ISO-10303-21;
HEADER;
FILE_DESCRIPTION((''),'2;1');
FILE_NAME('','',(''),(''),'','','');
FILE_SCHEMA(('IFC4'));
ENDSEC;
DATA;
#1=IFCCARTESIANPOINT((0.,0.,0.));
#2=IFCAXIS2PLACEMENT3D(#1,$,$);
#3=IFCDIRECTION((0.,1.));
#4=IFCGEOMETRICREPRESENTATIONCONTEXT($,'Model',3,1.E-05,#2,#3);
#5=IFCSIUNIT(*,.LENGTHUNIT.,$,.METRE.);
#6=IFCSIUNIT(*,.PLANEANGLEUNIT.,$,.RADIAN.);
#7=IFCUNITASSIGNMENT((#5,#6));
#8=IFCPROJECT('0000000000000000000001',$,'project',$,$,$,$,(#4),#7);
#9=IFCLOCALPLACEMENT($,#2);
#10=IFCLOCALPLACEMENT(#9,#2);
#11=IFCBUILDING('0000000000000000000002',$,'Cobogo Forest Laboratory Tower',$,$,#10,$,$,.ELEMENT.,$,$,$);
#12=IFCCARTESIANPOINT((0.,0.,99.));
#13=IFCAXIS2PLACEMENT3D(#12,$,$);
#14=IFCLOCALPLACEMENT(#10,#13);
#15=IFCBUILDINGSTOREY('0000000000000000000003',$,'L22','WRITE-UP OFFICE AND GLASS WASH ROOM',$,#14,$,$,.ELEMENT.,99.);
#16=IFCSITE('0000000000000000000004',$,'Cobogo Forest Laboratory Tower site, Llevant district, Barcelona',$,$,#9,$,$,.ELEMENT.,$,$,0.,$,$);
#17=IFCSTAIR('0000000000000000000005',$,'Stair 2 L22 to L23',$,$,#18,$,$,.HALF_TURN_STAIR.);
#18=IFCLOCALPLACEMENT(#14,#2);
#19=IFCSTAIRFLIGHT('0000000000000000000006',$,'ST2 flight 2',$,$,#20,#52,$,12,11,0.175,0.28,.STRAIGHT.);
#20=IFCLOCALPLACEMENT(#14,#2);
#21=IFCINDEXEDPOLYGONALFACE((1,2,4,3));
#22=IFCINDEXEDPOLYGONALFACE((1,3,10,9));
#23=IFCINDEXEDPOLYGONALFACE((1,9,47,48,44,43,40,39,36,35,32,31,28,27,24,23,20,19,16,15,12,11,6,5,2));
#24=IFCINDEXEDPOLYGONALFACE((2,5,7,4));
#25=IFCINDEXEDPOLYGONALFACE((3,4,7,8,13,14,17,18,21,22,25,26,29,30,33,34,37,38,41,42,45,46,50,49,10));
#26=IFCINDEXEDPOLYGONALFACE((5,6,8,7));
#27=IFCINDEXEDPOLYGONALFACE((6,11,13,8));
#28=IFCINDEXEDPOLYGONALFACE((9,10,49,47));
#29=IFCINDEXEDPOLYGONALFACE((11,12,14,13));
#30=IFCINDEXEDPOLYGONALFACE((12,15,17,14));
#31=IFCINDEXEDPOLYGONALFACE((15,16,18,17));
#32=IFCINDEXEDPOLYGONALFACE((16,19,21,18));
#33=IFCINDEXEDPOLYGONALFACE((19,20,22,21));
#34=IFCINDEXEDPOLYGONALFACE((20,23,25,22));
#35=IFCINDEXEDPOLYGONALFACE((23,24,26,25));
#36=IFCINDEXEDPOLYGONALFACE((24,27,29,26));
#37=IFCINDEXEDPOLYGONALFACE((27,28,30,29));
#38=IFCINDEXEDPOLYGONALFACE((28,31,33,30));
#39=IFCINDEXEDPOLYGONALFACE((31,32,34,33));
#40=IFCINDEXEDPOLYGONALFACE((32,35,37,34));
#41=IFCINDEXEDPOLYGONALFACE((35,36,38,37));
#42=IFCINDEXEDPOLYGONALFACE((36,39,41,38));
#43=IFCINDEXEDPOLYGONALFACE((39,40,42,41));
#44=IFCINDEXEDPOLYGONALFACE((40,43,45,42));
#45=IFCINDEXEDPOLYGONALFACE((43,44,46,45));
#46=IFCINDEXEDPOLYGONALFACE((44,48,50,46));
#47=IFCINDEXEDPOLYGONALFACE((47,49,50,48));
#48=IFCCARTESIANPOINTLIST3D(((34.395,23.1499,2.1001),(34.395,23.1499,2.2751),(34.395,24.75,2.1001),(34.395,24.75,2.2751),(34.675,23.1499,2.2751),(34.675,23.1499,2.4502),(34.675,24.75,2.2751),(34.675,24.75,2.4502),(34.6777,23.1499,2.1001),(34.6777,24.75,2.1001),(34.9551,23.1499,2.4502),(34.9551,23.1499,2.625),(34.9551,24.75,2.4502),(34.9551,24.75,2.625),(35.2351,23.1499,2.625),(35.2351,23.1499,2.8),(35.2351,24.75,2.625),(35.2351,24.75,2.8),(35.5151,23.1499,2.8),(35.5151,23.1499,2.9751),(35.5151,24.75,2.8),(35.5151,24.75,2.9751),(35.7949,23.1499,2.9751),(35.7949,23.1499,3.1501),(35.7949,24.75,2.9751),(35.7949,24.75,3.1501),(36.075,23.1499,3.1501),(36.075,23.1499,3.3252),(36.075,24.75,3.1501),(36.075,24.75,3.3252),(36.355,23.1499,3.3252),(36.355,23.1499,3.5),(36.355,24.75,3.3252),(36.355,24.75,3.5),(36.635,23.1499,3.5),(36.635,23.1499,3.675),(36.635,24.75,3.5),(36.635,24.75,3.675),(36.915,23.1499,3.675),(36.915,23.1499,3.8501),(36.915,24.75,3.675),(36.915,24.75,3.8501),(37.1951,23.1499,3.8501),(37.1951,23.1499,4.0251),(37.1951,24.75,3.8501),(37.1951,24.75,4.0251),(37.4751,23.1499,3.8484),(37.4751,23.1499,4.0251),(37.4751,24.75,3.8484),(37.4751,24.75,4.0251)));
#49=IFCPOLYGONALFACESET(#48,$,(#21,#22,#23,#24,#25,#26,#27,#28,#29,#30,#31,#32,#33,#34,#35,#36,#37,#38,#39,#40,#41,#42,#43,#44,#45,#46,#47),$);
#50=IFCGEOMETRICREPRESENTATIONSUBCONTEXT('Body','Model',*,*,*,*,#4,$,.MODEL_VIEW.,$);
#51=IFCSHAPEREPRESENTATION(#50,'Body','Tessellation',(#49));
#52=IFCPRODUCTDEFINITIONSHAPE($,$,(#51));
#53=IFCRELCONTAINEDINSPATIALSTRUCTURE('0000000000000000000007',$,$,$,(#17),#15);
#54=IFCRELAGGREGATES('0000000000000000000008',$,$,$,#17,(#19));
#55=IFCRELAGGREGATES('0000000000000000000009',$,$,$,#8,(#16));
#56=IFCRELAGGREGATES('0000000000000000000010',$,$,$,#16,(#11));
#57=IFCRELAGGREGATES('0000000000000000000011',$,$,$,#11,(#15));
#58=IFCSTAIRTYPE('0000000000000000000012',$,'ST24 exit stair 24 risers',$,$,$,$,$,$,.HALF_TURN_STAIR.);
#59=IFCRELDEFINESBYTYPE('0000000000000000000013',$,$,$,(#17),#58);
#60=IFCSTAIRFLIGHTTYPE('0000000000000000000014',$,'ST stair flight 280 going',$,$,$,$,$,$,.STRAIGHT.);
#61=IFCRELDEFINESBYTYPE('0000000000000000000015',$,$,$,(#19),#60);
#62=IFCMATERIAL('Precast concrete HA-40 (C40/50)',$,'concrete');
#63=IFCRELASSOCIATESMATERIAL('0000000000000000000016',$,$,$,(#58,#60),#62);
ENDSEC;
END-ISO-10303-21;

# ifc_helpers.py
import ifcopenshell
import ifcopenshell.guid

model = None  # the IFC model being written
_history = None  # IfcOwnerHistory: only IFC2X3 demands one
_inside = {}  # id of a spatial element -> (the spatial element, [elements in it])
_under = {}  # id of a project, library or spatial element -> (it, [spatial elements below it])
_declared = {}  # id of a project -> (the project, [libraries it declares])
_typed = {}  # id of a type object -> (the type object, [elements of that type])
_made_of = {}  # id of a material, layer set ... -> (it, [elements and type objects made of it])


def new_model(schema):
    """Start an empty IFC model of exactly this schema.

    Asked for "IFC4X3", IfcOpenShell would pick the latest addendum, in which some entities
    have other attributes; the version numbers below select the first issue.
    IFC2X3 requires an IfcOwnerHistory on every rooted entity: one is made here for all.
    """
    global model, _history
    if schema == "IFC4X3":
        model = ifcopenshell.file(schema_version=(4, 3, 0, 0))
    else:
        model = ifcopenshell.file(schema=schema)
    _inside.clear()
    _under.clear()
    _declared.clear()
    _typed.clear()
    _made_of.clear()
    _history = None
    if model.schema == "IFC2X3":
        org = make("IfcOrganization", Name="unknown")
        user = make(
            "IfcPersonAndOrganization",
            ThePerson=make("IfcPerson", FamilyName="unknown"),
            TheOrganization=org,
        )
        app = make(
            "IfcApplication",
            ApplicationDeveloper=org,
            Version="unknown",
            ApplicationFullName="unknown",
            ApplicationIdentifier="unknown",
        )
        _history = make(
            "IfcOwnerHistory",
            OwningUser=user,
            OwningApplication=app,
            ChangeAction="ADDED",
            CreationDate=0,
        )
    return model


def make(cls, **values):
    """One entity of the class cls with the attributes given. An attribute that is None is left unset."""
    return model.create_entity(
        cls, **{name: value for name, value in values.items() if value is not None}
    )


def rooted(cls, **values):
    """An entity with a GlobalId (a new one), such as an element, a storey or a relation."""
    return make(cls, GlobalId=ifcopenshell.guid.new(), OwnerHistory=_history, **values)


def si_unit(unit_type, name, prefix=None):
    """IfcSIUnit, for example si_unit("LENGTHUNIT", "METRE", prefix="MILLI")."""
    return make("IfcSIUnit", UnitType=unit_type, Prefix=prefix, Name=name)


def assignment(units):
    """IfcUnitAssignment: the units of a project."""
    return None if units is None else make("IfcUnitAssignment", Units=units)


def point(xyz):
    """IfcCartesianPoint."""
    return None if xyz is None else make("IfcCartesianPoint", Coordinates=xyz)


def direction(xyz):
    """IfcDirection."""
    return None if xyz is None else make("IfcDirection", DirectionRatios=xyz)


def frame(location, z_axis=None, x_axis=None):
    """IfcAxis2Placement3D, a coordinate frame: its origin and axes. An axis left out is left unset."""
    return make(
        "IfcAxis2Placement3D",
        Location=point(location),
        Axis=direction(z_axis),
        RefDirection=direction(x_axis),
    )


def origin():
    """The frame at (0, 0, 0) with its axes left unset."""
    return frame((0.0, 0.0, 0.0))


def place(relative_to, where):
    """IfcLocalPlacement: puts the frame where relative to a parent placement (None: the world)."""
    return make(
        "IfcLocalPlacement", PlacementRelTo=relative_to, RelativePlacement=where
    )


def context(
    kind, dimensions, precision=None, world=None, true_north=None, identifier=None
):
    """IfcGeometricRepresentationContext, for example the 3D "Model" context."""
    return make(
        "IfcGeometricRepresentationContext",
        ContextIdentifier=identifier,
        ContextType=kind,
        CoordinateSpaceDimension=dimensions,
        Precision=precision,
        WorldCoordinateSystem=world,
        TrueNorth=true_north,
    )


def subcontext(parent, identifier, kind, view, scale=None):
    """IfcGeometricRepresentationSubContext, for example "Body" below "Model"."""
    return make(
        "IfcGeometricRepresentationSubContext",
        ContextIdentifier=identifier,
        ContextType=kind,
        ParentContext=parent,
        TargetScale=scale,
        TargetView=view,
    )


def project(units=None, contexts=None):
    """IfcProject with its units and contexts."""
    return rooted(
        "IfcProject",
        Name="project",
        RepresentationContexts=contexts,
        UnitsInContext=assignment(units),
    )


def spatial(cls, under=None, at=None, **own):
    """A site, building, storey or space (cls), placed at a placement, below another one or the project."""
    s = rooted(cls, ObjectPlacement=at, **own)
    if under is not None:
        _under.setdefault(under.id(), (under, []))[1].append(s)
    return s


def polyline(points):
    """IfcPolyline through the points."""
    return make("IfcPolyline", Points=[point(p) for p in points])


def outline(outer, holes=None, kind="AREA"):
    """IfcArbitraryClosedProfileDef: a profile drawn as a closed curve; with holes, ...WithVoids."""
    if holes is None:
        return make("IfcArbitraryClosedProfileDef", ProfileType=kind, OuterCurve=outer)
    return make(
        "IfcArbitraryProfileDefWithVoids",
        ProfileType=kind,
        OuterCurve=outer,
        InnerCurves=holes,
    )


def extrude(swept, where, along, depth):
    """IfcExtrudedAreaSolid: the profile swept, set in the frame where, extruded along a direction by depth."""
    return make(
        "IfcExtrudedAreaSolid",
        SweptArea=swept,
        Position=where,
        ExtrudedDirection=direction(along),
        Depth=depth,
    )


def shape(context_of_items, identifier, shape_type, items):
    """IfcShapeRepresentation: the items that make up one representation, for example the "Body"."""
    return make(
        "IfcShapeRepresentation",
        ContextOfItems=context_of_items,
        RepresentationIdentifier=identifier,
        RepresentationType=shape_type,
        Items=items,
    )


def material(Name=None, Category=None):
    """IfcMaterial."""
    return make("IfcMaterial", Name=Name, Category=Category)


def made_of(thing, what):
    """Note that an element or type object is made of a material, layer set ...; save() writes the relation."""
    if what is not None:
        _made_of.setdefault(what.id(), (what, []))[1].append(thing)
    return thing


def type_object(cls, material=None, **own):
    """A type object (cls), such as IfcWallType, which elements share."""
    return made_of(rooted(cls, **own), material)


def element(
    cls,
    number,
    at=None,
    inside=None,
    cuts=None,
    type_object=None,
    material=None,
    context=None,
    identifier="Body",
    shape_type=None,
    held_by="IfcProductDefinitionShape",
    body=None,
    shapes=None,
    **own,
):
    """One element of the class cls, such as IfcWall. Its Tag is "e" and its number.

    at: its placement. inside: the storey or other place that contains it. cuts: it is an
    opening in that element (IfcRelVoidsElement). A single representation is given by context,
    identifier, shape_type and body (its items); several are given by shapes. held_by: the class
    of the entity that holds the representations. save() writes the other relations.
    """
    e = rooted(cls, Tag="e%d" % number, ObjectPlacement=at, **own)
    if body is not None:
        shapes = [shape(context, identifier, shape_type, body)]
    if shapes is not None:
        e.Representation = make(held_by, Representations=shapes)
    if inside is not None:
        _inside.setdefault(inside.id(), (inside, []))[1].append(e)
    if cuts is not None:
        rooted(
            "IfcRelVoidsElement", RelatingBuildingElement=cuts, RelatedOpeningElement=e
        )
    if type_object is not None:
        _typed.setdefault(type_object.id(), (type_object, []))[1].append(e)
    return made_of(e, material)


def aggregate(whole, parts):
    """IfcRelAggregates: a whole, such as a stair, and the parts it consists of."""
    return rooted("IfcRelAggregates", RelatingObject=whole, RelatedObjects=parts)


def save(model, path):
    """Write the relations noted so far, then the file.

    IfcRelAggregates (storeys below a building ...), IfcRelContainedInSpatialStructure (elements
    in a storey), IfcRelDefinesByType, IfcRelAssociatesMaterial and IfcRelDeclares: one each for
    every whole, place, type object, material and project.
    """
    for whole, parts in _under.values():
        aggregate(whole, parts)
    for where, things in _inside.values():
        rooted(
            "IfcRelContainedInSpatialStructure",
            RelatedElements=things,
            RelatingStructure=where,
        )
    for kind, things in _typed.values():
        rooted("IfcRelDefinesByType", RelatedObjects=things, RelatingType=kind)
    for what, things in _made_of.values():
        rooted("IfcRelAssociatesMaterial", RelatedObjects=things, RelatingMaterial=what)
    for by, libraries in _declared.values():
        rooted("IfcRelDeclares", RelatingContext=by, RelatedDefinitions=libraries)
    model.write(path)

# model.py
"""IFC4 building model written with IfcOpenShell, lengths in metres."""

from ifc_helpers import new_model, si_unit, direction, frame, origin, place, context, subcontext, project, spatial, polyline, outline, extrude, material, type_object, element, aggregate, save


model = new_model("IFC4")

# Units and contexts
model_context = context("Model", 3, precision=1e-05, world=origin(), true_north=direction((0.0, 1.0)))
body_context = subcontext(model_context, "Body", "Model", "MODEL_VIEW")
ifc_project = project(units=[si_unit("LENGTHUNIT", "METRE"), si_unit("PLANEANGLEUNIT", "RADIAN")], contexts=[model_context])

# Site, building, storey
site_placement = place(None, origin())
site = spatial("IfcSite", under=ifc_project, at=site_placement, Name="Cobogo Forest Laboratory Tower site, Llevant district, Barcelona", CompositionType="ELEMENT", RefElevation=0.0)
building_placement = place(site_placement, origin())
building = spatial("IfcBuilding", under=site, at=building_placement, Name="Cobogo Forest Laboratory Tower", CompositionType="ELEMENT")
storey_placement = place(building_placement, frame((0.0, 0.0, 99.0)))
storey = spatial("IfcBuildingStorey", under=building, at=storey_placement, Name="L22", Description="WRITE-UP OFFICE AND GLASS WASH ROOM", CompositionType="ELEMENT", Elevation=99.0)

# Stair, stair flight
ifc_material_1 = material(Name="Precast concrete HA-40 (C40/50)", Category="concrete")
stair_type = type_object("IfcStairType", Name="ST24 exit stair 24 risers", PredefinedType="HALF_TURN_STAIR", material=ifc_material_1)
stair_placement = place(storey_placement, origin())
stair = element("IfcStair", 1, at=stair_placement, inside=storey, type_object=stair_type, Name="Stair 2 L22 to L23", PredefinedType="HALF_TURN_STAIR")
stair_flight_type = type_object("IfcStairFlightType", Name="ST stair flight 280 going", PredefinedType="STRAIGHT", material=ifc_material_1)
stair_flight_1_placement = place(storey_placement, frame((34.395, 23.95, 2.1001), z_axis=(0.0, 0.0, 1.0), x_axis=(1.0, 0.0, 0.0)))
stair_flight_1 = element("IfcStairFlight", 2, at=stair_flight_1_placement, type_object=stair_flight_type, Name="ST2 flight 2", NumberOfRisers=12, NumberOfTreads=11, PredefinedType="STRAIGHT", RiserHeight=0.175, TreadLength=0.28, context=body_context, shape_type="SweptSolid", body=[
    extrude(outline(polyline([(0.0, 0.0), (0.0, 0.175), (0.28, 0.175), (0.28, 0.3501), (0.5601, 0.3501), (0.5601, 0.5249), (0.8401, 0.5249), (0.8401, 0.7), (1.1201, 0.7), (1.1201, 0.875), (1.3999, 0.875), (1.3999, 1.05), (1.6799, 1.05), (1.6799, 1.2251), (1.96, 1.2251), (1.96, 1.3999), (2.24, 1.3999), (2.24, 1.575), (2.52, 1.575), (2.52, 1.75), (2.8, 1.75), (2.8, 1.925), (3.0801, 1.925), (3.0801, 2.1001), (3.0801, 1.7483), (0.2827, 0.0), (0.0, 0.0)])), frame((0.0, 0.8, 0.0), z_axis=(0.0, -1.0, 0.0), x_axis=(1.0, 0.0, 0.0)), (0.0, 0.0, 1.0), 1.6001),
])
aggregate(stair, [stair_flight_1])

save(model, "model.ifc")
